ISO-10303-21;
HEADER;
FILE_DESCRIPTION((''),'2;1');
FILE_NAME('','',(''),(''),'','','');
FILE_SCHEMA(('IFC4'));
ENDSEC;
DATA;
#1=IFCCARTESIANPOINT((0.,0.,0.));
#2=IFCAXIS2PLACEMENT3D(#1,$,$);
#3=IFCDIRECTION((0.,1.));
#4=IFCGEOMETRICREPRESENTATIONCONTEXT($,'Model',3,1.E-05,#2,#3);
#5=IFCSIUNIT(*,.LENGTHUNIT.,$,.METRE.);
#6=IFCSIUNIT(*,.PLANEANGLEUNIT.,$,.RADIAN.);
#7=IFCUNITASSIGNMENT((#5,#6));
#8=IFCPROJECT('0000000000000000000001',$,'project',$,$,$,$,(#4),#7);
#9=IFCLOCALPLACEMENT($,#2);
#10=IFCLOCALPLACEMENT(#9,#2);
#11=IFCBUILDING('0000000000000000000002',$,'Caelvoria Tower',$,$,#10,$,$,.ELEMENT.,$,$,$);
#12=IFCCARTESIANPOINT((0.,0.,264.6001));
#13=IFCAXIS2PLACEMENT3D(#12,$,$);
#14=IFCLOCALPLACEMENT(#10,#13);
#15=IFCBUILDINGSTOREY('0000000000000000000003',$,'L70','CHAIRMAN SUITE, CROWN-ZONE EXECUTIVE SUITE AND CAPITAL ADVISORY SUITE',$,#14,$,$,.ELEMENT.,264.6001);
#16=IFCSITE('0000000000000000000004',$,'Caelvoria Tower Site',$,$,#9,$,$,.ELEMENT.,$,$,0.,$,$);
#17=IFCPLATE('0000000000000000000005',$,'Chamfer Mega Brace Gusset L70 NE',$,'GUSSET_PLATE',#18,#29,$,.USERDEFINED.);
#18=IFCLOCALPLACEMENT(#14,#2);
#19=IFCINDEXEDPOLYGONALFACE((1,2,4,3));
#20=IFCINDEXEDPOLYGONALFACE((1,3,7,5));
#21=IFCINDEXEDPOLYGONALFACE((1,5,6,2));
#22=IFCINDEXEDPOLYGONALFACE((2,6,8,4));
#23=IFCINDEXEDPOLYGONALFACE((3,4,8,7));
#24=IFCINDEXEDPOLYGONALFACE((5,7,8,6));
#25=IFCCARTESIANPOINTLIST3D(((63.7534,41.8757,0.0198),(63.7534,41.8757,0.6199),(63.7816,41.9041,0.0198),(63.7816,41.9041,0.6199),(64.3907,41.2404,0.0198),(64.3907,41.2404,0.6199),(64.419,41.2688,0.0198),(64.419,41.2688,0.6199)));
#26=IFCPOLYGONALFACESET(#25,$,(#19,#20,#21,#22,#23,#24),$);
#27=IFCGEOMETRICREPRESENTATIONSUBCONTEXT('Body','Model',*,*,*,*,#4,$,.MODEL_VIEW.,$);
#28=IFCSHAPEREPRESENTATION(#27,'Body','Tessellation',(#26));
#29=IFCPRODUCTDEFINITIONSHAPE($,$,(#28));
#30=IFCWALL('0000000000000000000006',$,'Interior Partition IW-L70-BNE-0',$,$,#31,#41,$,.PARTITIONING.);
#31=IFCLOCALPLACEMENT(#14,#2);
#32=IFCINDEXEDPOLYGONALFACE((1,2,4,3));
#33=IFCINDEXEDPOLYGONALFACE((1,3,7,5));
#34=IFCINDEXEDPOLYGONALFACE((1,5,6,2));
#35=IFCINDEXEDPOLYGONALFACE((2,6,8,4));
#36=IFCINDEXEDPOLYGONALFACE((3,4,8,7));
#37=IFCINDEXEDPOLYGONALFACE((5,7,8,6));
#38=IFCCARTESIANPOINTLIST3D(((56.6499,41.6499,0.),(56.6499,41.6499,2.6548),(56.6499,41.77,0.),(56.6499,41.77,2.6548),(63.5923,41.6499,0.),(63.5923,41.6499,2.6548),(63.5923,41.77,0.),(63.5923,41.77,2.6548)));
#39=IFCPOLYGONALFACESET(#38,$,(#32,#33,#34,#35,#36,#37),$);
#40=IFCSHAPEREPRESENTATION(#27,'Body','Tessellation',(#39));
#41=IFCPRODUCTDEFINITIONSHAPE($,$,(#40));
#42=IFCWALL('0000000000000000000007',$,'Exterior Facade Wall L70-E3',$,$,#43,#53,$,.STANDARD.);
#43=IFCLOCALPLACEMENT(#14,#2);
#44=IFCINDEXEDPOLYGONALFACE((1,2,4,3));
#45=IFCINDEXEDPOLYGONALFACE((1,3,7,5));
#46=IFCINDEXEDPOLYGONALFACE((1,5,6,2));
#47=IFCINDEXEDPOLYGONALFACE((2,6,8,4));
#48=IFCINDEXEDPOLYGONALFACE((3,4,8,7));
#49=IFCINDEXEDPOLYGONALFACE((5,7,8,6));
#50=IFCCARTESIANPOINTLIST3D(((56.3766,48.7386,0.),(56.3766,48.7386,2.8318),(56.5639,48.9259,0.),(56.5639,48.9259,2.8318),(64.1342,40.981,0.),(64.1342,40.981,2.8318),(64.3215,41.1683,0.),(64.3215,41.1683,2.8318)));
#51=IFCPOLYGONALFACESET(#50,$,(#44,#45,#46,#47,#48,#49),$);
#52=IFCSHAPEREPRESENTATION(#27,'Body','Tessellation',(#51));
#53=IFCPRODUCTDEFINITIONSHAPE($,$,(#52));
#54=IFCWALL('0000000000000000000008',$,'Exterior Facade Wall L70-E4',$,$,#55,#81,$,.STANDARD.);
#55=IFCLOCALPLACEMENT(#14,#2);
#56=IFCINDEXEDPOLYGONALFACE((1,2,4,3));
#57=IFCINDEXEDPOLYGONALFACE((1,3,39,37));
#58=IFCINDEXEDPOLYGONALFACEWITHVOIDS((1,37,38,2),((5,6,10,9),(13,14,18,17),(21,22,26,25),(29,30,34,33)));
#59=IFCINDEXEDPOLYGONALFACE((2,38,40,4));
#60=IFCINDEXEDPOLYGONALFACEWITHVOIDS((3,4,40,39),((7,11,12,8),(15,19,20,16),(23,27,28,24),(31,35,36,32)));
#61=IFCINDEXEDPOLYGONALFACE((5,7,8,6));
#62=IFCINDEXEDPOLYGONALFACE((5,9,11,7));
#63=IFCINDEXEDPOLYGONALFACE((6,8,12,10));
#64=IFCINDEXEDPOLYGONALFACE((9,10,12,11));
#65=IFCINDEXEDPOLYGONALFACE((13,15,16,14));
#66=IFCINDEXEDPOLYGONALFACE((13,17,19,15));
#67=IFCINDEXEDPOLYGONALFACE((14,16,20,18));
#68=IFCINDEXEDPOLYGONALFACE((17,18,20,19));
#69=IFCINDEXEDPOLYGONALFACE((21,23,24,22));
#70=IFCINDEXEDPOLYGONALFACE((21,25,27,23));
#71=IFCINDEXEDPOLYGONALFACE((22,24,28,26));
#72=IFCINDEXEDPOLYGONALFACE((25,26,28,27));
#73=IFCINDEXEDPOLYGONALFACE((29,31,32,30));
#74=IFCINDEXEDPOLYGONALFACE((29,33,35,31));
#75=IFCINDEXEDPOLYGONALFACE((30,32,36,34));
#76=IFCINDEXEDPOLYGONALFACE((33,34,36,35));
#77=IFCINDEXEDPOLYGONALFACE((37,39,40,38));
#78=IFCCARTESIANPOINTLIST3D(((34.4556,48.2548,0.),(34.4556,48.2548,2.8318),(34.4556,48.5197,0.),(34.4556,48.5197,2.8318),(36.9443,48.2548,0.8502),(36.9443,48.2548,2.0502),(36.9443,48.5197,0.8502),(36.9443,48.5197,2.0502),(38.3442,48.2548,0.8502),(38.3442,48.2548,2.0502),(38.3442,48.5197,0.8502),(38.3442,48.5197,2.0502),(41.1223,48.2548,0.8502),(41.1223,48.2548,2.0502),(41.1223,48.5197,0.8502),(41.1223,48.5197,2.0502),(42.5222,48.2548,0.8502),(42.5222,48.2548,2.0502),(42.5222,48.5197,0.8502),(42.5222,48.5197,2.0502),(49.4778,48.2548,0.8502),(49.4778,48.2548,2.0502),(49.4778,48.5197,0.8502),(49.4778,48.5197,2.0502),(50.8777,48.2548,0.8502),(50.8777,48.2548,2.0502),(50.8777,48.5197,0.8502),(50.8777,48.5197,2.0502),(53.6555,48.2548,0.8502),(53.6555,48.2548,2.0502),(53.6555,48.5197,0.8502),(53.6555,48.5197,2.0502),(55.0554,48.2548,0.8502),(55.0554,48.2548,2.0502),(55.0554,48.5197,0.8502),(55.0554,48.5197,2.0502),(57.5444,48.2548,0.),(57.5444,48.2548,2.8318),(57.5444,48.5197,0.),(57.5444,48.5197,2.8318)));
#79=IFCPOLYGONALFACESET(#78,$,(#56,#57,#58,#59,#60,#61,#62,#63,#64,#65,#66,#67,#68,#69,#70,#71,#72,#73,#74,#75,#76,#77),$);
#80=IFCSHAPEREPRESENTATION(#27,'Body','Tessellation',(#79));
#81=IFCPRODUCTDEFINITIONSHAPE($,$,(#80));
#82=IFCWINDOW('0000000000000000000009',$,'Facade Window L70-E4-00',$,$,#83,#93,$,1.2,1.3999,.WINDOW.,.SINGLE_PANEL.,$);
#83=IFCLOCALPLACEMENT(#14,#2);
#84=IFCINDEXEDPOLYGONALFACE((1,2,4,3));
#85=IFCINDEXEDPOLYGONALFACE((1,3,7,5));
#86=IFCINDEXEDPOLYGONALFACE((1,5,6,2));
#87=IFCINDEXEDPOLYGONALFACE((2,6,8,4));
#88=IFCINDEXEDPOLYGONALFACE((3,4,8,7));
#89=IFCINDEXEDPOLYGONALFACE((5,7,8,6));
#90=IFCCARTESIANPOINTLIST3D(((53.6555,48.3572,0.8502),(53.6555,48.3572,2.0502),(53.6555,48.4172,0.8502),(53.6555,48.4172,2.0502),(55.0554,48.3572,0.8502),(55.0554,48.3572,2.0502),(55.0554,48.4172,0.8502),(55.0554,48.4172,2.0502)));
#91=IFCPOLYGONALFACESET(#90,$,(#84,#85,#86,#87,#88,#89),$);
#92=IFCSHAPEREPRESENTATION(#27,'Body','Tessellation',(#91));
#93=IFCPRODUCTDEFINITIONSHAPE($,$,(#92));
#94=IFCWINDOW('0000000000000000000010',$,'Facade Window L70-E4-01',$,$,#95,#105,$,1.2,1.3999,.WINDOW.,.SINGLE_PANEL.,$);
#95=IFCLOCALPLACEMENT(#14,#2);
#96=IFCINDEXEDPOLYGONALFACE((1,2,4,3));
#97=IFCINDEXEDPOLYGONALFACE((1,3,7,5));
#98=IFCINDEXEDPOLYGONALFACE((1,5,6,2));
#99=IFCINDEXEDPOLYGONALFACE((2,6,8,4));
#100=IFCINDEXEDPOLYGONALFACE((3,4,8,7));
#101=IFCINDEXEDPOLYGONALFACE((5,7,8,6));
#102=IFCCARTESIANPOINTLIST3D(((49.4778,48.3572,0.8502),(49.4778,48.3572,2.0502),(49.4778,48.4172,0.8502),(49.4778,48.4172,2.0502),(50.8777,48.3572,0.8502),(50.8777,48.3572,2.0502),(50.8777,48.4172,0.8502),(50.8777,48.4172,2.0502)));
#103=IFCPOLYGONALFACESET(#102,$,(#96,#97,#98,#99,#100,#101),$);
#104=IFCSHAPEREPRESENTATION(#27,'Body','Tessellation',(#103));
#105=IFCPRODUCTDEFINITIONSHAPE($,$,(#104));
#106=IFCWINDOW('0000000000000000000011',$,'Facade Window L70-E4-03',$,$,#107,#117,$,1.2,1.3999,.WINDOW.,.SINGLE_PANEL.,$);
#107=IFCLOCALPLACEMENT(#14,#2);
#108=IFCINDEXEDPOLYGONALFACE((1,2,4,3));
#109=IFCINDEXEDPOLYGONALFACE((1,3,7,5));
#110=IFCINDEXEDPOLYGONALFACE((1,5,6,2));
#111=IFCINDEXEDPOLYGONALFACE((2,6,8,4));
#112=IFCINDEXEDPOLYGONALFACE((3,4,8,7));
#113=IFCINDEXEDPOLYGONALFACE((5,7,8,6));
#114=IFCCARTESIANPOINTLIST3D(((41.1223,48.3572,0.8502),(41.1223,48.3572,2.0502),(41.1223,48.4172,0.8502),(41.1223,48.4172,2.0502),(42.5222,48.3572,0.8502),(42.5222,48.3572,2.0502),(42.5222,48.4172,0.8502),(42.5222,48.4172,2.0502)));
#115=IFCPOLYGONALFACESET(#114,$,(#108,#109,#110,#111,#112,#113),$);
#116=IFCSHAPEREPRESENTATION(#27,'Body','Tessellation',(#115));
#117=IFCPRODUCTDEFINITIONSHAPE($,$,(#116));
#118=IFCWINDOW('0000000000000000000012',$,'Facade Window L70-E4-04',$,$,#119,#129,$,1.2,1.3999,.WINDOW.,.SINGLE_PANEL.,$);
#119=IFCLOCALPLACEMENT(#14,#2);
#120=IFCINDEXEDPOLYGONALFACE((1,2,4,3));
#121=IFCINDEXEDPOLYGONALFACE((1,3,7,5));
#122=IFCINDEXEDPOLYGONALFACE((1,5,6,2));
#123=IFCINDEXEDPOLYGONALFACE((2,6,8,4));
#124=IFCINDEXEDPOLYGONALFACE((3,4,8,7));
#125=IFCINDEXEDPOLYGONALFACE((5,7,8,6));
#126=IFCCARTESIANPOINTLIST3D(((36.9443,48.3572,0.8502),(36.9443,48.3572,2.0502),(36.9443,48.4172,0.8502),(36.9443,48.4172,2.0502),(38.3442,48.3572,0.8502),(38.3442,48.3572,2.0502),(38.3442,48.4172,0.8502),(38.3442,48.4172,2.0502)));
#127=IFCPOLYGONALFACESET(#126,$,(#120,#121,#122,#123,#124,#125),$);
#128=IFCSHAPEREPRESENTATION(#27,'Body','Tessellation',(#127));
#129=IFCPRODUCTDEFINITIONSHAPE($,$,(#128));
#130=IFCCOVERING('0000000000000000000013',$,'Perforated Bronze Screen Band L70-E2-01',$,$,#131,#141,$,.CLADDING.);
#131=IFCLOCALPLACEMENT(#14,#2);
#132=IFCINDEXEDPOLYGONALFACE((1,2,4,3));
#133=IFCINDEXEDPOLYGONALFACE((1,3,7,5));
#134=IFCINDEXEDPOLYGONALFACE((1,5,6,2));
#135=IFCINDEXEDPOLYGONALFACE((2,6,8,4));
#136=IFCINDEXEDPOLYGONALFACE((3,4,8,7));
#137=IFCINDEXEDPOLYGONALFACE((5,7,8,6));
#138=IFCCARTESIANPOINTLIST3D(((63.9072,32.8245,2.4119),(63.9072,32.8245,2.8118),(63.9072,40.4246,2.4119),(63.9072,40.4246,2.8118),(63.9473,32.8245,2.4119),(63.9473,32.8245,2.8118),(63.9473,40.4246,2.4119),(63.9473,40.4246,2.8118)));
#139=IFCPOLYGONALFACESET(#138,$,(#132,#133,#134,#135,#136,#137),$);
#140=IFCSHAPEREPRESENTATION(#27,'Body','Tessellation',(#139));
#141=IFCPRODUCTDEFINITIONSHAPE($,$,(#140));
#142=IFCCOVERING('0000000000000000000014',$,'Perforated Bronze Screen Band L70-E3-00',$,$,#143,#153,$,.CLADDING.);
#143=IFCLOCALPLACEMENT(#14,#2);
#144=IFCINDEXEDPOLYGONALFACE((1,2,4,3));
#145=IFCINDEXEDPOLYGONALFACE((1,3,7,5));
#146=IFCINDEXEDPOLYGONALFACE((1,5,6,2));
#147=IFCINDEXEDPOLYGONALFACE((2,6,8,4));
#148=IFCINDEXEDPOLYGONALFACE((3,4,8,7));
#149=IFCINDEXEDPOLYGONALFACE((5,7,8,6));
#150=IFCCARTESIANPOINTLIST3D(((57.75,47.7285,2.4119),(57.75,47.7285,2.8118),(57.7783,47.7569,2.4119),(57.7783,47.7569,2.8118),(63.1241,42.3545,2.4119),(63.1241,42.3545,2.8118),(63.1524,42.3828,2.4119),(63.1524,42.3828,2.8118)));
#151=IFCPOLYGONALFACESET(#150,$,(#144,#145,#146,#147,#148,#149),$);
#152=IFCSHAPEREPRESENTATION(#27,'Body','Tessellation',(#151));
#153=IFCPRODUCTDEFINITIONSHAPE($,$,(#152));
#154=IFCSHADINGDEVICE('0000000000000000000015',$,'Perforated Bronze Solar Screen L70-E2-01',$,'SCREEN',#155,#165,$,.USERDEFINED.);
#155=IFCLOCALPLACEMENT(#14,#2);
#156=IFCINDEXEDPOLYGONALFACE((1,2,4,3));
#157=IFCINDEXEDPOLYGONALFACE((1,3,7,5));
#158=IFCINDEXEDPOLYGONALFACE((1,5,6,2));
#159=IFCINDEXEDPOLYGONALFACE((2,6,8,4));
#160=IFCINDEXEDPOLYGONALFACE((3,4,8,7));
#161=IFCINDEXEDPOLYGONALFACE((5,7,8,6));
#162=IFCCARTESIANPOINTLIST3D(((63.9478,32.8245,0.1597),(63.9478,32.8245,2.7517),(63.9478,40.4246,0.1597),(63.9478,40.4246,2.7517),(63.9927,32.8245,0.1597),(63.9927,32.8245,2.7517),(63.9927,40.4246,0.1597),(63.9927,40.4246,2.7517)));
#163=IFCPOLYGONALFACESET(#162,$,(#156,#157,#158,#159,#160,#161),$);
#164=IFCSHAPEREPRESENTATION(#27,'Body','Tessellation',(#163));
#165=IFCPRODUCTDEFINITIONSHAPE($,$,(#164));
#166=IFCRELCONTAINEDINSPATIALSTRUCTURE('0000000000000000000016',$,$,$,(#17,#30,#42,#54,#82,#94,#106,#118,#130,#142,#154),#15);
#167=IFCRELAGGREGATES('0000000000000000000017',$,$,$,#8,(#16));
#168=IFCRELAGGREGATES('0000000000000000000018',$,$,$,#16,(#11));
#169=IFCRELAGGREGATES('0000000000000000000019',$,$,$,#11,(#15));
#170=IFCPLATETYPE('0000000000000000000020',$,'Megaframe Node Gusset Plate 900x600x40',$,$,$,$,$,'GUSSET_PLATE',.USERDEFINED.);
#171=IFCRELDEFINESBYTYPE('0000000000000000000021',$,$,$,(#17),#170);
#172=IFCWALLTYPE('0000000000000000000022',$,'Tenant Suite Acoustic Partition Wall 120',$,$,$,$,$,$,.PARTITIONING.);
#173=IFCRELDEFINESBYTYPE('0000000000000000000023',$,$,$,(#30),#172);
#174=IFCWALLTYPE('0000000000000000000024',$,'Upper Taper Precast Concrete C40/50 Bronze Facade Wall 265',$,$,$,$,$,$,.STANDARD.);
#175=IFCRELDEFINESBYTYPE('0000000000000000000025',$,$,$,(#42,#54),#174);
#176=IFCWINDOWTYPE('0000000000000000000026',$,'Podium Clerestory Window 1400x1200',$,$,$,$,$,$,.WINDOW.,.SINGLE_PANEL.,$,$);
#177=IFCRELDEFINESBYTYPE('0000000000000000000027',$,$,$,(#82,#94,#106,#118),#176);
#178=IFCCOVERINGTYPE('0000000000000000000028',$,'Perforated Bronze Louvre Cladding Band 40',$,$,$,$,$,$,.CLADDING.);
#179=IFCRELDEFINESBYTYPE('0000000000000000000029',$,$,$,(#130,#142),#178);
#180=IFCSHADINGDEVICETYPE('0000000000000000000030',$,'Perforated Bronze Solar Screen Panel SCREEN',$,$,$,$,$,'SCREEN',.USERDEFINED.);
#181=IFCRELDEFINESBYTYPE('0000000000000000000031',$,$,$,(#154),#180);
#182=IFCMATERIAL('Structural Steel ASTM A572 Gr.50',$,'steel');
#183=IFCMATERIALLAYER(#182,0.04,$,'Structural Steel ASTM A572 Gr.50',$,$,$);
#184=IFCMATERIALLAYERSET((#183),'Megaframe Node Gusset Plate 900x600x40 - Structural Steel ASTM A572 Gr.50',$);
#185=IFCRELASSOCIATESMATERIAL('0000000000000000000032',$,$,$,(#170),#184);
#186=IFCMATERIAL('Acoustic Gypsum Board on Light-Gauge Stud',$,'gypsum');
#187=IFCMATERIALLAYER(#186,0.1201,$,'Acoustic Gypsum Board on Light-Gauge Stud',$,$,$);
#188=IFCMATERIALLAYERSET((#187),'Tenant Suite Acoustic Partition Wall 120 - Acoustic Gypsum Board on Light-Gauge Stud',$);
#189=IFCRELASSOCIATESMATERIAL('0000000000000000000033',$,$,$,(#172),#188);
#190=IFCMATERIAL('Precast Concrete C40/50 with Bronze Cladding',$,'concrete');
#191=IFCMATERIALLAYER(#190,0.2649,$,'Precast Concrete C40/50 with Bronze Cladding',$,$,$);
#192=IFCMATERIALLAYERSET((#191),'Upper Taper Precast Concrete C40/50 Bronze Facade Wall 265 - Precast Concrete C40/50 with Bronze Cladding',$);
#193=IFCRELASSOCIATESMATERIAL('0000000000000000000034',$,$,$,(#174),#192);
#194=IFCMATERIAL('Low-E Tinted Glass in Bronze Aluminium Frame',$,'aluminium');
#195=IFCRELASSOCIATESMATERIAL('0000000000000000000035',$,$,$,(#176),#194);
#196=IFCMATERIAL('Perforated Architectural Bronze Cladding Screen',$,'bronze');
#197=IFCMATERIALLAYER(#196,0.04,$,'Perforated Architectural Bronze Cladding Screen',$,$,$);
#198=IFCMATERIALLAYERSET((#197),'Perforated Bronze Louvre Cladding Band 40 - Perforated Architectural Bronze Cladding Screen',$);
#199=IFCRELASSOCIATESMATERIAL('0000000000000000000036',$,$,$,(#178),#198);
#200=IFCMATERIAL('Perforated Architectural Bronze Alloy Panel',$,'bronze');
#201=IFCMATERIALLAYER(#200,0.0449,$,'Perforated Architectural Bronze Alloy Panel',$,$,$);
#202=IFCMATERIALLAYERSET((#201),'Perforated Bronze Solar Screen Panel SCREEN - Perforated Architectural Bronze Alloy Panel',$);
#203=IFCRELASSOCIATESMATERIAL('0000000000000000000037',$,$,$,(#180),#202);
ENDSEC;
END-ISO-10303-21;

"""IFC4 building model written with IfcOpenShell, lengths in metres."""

from ifc_helpers import new_model, si_unit, direction, frame, frame_2d, origin, origin_2d, place, context, subcontext, project, spatial, rectangle, extrude, material, layer, layer_set, type_object, element, fill, save


model = new_model("IFC4")

# Units and contexts
model_context = context("Model", 3, precision=1e-05, world=origin(), true_north=direction((0.0, 1.0)))
body_context = subcontext(model_context, "Body", "Model", "MODEL_VIEW")
ifc_project = project(units=[si_unit("LENGTHUNIT", "METRE"), si_unit("PLANEANGLEUNIT", "RADIAN")], contexts=[model_context])

# Site, building, storey
site_placement = place(None, origin())
site = spatial("IfcSite", under=ifc_project, at=site_placement, Name="Caelvoria Tower Site", CompositionType="ELEMENT", RefElevation=0.0)
building_placement = place(site_placement, origin())
building = spatial("IfcBuilding", under=site, at=building_placement, Name="Caelvoria Tower", CompositionType="ELEMENT")
storey_placement = place(building_placement, frame((0.0, 0.0, 264.6001)))
storey = spatial("IfcBuildingStorey", under=building, at=storey_placement, Name="L70", Description="CHAIRMAN SUITE, CROWN-ZONE EXECUTIVE SUITE AND CAPITAL ADVISORY SUITE", CompositionType="ELEMENT", Elevation=264.6001)

# Shared definitions
ifc_material_1 = material(Name="Structural Steel ASTM A572 Gr.50", Category="steel")

# Plate
ifc_layer_1 = layer(ifc_material_1, 0.04, Name="Structural Steel ASTM A572 Gr.50")
ifc_layer_set_1 = layer_set([ifc_layer_1], Name="Megaframe Node Gusset Plate 900x600x40 - Structural Steel ASTM A572 Gr.50")
plate_type = type_object("IfcPlateType", Name="Megaframe Node Gusset Plate 900x600x40", ElementType="GUSSET_PLATE", PredefinedType="USERDEFINED", material=ifc_layer_set_1)
plate_placement = place(storey_placement, frame((64.0862, 41.5723, 0.0198), z_axis=(0.0, 0.0, 1.0), x_axis=(-0.708251, 0.705961, 0.0)))
element("IfcPlate", 1, at=plate_placement, inside=storey, type_object=plate_type, Name="Chamfer Mega Brace Gusset L70 NE", ObjectType="GUSSET_PLATE", PredefinedType="USERDEFINED", context=body_context, shape_type="SweptSolid", body=[
    extrude(rectangle(XDim=0.8999, YDim=0.04, at=origin_2d()), origin(), (0.0, 0.0, 1.0), 0.6001),
])

# Walls
ifc_material_2 = material(Name="Acoustic Gypsum Board on Light-Gauge Stud", Category="gypsum")
ifc_layer_2 = layer(ifc_material_2, 0.1201, Name="Acoustic Gypsum Board on Light-Gauge Stud")
ifc_layer_set_2 = layer_set([ifc_layer_2], Name="Tenant Suite Acoustic Partition Wall 120 - Acoustic Gypsum Board on Light-Gauge Stud")
wall_type_1 = type_object("IfcWallType", Name="Tenant Suite Acoustic Partition Wall 120", PredefinedType="PARTITIONING", material=ifc_layer_set_2)
wall_1_placement = place(storey_placement, frame((56.6499, 41.71, 0.0), z_axis=(0.0, 0.0, 1.0), x_axis=(1.0, 0.0, 0.0)))
element("IfcWall", 2, at=wall_1_placement, inside=storey, type_object=wall_type_1, Name="Interior Partition IW-L70-BNE-0", PredefinedType="PARTITIONING", context=body_context, shape_type="SweptSolid", body=[
    extrude(rectangle(XDim=6.9424, YDim=0.1201, at=frame_2d((3.4712, 0.0))), origin(), (0.0, 0.0, 1.0), 2.6548),
])
ifc_material_3 = material(Name="Precast Concrete C40/50 with Bronze Cladding", Category="concrete")
ifc_layer_3 = layer(ifc_material_3, 0.2649, Name="Precast Concrete C40/50 with Bronze Cladding")
ifc_layer_set_3 = layer_set([ifc_layer_3], Name="Upper Taper Precast Concrete C40/50 Bronze Facade Wall 265 - Precast Concrete C40/50 with Bronze Cladding")
wall_type_2 = type_object("IfcWallType", Name="Upper Taper Precast Concrete C40/50 Bronze Facade Wall 265", PredefinedType="STANDARD", material=ifc_layer_set_3)
wall_2_placement = place(storey_placement, frame((64.2278, 41.0747, 0.0), z_axis=(0.0, 0.0, 1.0), x_axis=(-0.707107, 0.707107, 0.0)))
element("IfcWall", 3, at=wall_2_placement, inside=storey, type_object=wall_type_2, Name="Exterior Facade Wall L70-E3", PredefinedType="STANDARD", context=body_context, shape_type="SweptSolid", body=[
    extrude(rectangle(XDim=10.9709, YDim=0.2649, at=frame_2d((5.4854, 0.0))), origin(), (0.0, 0.0, 1.0), 2.8318),
])

# Wall, openings, windows
wall_3_placement = place(storey_placement, frame((57.5444, 48.3872, 0.0), z_axis=(0.0, 0.0, 1.0), x_axis=(-1.0, 0.0, 0.0)))
wall_3 = element("IfcWall", 4, at=wall_3_placement, inside=storey, type_object=wall_type_2, Name="Exterior Facade Wall L70-E4", PredefinedType="STANDARD", context=body_context, shape_type="SweptSolid", body=[
    extrude(rectangle(XDim=23.0889, YDim=0.2649, at=frame_2d((11.5444, 0.0))), origin(), (0.0, 0.0, 1.0), 2.8318),
])
opening_1_placement = place(wall_3_placement, frame((2.489, 0.0, 0.8501)))
opening_1 = element("IfcOpeningElement", 5, at=opening_1_placement, cuts=wall_3, PredefinedType="OPENING", context=body_context, shape_type="SweptSolid", body=[
    extrude(rectangle(XDim=1.3999, YDim=1.2, at=frame_2d((0.7, 0.6001))), frame((0.0, 0.1423, 0.0), z_axis=(0.0, -1.0, 0.0), x_axis=(1.0, 0.0, 0.0)), (0.0, 0.0, 1.0), 0.2849),
])
opening_2_placement = place(wall_3_placement, frame((6.6667, 0.0, 0.8501)))
opening_2 = element("IfcOpeningElement", 6, at=opening_2_placement, cuts=wall_3, PredefinedType="OPENING", context=body_context, shape_type="SweptSolid", body=[
    extrude(rectangle(XDim=1.3999, YDim=1.2, at=frame_2d((0.7, 0.6001))), frame((0.0, 0.1423, 0.0), z_axis=(0.0, -1.0, 0.0), x_axis=(1.0, 0.0, 0.0)), (0.0, 0.0, 1.0), 0.2849),
])
opening_3_placement = place(wall_3_placement, frame((15.0222, 0.0, 0.8501)))
opening_3 = element("IfcOpeningElement", 7, at=opening_3_placement, cuts=wall_3, PredefinedType="OPENING", context=body_context, shape_type="SweptSolid", body=[
    extrude(rectangle(XDim=1.3999, YDim=1.2, at=frame_2d((0.7, 0.6001))), frame((0.0, 0.1423, 0.0), z_axis=(0.0, -1.0, 0.0), x_axis=(1.0, 0.0, 0.0)), (0.0, 0.0, 1.0), 0.2849),
])
opening_4_placement = place(wall_3_placement, frame((19.2002, 0.0, 0.8501)))
opening_4 = element("IfcOpeningElement", 8, at=opening_4_placement, cuts=wall_3, PredefinedType="OPENING", context=body_context, shape_type="SweptSolid", body=[
    extrude(rectangle(XDim=1.3999, YDim=1.2, at=frame_2d((0.7, 0.6001))), frame((0.0, 0.1423, 0.0), z_axis=(0.0, -1.0, 0.0), x_axis=(1.0, 0.0, 0.0)), (0.0, 0.0, 1.0), 0.2849),
])
ifc_material_4 = material(Name="Low-E Tinted Glass in Bronze Aluminium Frame", Category="aluminium")
window_type = type_object("IfcWindowType", Name="Podium Clerestory Window 1400x1200", PartitioningType="SINGLE_PANEL", PredefinedType="WINDOW", material=ifc_material_4)
window_1_placement = place(opening_1_placement, origin())
window_1 = element("IfcWindow", 9, at=window_1_placement, inside=storey, type_object=window_type, Name="Facade Window L70-E4-00", OverallHeight=1.2, OverallWidth=1.3999, PartitioningType="SINGLE_PANEL", PredefinedType="WINDOW", context=body_context, shape_type="SweptSolid", body=[
    extrude(rectangle(XDim=1.3999, YDim=1.2, at=frame_2d((0.7, 0.6001))), frame((0.0, 0.03, 0.0), z_axis=(0.0, -1.0, 0.0), x_axis=(1.0, 0.0, 0.0)), (0.0, 0.0, 1.0), 0.0601),
])
fill(opening_1, window_1)
window_2_placement = place(opening_2_placement, origin())
window_2 = element("IfcWindow", 10, at=window_2_placement, inside=storey, type_object=window_type, Name="Facade Window L70-E4-01", OverallHeight=1.2, OverallWidth=1.3999, PartitioningType="SINGLE_PANEL", PredefinedType="WINDOW", context=body_context, shape_type="SweptSolid", body=[
    extrude(rectangle(XDim=1.3999, YDim=1.2, at=frame_2d((0.7, 0.6001))), frame((0.0, 0.03, 0.0), z_axis=(0.0, -1.0, 0.0), x_axis=(1.0, 0.0, 0.0)), (0.0, 0.0, 1.0), 0.0601),
])
fill(opening_2, window_2)
window_3_placement = place(opening_3_placement, origin())
window_3 = element("IfcWindow", 11, at=window_3_placement, inside=storey, type_object=window_type, Name="Facade Window L70-E4-03", OverallHeight=1.2, OverallWidth=1.3999, PartitioningType="SINGLE_PANEL", PredefinedType="WINDOW", context=body_context, shape_type="SweptSolid", body=[
    extrude(rectangle(XDim=1.3999, YDim=1.2, at=frame_2d((0.7, 0.6001))), frame((0.0, 0.03, 0.0), z_axis=(0.0, -1.0, 0.0), x_axis=(1.0, 0.0, 0.0)), (0.0, 0.0, 1.0), 0.0601),
])
fill(opening_3, window_3)
window_4_placement = place(opening_4_placement, origin())
window_4 = element("IfcWindow", 12, at=window_4_placement, inside=storey, type_object=window_type, Name="Facade Window L70-E4-04", OverallHeight=1.2, OverallWidth=1.3999, PartitioningType="SINGLE_PANEL", PredefinedType="WINDOW", context=body_context, shape_type="SweptSolid", body=[
    extrude(rectangle(XDim=1.3999, YDim=1.2, at=frame_2d((0.7, 0.6001))), frame((0.0, 0.03, 0.0), z_axis=(0.0, -1.0, 0.0), x_axis=(1.0, 0.0, 0.0)), (0.0, 0.0, 1.0), 0.0601),
])
fill(opening_4, window_4)

# Coverings
ifc_material_5 = material(Name="Perforated Architectural Bronze Cladding Screen", Category="bronze")
ifc_layer_4 = layer(ifc_material_5, 0.04, Name="Perforated Architectural Bronze Cladding Screen")
ifc_layer_set_4 = layer_set([ifc_layer_4], Name="Perforated Bronze Louvre Cladding Band 40 - Perforated Architectural Bronze Cladding Screen")
covering_type = type_object("IfcCoveringType", Name="Perforated Bronze Louvre Cladding Band 40", PredefinedType="CLADDING", material=ifc_layer_set_4)
for number, where, z_axis, x_axis, name in (
    (13, (63.9272, 36.6245, 2.4119), (0.0, 0.0, 1.0), (0.0, 1.0, 0.0), "Perforated Bronze Screen Band L70-E2-01"),
    (14, (60.4512, 45.0557, 2.4119), (0.0, 0.0, 1.0), (-0.707107, 0.707107, 0.0), "Perforated Bronze Screen Band L70-E3-00"),
):
    element("IfcCovering", number, at=place(storey_placement, frame(where, z_axis=z_axis, x_axis=x_axis)), inside=storey, type_object=covering_type, Name=name, PredefinedType="CLADDING", context=body_context, shape_type="SweptSolid", body=[
        extrude(rectangle(XDim=7.6001, YDim=0.04, at=origin_2d()), origin(), (0.0, 0.0, 1.0), 0.3999),
    ])

# Shading device
ifc_material_6 = material(Name="Perforated Architectural Bronze Alloy Panel", Category="bronze")
ifc_layer_5 = layer(ifc_material_6, 0.0449, Name="Perforated Architectural Bronze Alloy Panel")
ifc_layer_set_5 = layer_set([ifc_layer_5], Name="Perforated Bronze Solar Screen Panel SCREEN - Perforated Architectural Bronze Alloy Panel")
shading_device_type = type_object("IfcShadingDeviceType", Name="Perforated Bronze Solar Screen Panel SCREEN", ElementType="SCREEN", PredefinedType="USERDEFINED", material=ifc_layer_set_5)
for number, where, z_axis, x_axis, name in (
    (15, (63.9702, 36.6245, 0.1597), (0.0, 0.0, 1.0), (0.0, 1.0, 0.0), "Perforated Bronze Solar Screen L70-E2-01"),
):
    element("IfcShadingDevice", number, at=place(storey_placement, frame(where, z_axis=z_axis, x_axis=x_axis)), inside=storey, type_object=shading_device_type, Name=name, ObjectType="SCREEN", PredefinedType="USERDEFINED", context=body_context, shape_type="SweptSolid", body=[
        extrude(rectangle(XDim=7.6001, YDim=0.0449, at=origin_2d()), origin(), (0.0, 0.0, 1.0), 2.592),
    ])

save(model, "model.ifc")
